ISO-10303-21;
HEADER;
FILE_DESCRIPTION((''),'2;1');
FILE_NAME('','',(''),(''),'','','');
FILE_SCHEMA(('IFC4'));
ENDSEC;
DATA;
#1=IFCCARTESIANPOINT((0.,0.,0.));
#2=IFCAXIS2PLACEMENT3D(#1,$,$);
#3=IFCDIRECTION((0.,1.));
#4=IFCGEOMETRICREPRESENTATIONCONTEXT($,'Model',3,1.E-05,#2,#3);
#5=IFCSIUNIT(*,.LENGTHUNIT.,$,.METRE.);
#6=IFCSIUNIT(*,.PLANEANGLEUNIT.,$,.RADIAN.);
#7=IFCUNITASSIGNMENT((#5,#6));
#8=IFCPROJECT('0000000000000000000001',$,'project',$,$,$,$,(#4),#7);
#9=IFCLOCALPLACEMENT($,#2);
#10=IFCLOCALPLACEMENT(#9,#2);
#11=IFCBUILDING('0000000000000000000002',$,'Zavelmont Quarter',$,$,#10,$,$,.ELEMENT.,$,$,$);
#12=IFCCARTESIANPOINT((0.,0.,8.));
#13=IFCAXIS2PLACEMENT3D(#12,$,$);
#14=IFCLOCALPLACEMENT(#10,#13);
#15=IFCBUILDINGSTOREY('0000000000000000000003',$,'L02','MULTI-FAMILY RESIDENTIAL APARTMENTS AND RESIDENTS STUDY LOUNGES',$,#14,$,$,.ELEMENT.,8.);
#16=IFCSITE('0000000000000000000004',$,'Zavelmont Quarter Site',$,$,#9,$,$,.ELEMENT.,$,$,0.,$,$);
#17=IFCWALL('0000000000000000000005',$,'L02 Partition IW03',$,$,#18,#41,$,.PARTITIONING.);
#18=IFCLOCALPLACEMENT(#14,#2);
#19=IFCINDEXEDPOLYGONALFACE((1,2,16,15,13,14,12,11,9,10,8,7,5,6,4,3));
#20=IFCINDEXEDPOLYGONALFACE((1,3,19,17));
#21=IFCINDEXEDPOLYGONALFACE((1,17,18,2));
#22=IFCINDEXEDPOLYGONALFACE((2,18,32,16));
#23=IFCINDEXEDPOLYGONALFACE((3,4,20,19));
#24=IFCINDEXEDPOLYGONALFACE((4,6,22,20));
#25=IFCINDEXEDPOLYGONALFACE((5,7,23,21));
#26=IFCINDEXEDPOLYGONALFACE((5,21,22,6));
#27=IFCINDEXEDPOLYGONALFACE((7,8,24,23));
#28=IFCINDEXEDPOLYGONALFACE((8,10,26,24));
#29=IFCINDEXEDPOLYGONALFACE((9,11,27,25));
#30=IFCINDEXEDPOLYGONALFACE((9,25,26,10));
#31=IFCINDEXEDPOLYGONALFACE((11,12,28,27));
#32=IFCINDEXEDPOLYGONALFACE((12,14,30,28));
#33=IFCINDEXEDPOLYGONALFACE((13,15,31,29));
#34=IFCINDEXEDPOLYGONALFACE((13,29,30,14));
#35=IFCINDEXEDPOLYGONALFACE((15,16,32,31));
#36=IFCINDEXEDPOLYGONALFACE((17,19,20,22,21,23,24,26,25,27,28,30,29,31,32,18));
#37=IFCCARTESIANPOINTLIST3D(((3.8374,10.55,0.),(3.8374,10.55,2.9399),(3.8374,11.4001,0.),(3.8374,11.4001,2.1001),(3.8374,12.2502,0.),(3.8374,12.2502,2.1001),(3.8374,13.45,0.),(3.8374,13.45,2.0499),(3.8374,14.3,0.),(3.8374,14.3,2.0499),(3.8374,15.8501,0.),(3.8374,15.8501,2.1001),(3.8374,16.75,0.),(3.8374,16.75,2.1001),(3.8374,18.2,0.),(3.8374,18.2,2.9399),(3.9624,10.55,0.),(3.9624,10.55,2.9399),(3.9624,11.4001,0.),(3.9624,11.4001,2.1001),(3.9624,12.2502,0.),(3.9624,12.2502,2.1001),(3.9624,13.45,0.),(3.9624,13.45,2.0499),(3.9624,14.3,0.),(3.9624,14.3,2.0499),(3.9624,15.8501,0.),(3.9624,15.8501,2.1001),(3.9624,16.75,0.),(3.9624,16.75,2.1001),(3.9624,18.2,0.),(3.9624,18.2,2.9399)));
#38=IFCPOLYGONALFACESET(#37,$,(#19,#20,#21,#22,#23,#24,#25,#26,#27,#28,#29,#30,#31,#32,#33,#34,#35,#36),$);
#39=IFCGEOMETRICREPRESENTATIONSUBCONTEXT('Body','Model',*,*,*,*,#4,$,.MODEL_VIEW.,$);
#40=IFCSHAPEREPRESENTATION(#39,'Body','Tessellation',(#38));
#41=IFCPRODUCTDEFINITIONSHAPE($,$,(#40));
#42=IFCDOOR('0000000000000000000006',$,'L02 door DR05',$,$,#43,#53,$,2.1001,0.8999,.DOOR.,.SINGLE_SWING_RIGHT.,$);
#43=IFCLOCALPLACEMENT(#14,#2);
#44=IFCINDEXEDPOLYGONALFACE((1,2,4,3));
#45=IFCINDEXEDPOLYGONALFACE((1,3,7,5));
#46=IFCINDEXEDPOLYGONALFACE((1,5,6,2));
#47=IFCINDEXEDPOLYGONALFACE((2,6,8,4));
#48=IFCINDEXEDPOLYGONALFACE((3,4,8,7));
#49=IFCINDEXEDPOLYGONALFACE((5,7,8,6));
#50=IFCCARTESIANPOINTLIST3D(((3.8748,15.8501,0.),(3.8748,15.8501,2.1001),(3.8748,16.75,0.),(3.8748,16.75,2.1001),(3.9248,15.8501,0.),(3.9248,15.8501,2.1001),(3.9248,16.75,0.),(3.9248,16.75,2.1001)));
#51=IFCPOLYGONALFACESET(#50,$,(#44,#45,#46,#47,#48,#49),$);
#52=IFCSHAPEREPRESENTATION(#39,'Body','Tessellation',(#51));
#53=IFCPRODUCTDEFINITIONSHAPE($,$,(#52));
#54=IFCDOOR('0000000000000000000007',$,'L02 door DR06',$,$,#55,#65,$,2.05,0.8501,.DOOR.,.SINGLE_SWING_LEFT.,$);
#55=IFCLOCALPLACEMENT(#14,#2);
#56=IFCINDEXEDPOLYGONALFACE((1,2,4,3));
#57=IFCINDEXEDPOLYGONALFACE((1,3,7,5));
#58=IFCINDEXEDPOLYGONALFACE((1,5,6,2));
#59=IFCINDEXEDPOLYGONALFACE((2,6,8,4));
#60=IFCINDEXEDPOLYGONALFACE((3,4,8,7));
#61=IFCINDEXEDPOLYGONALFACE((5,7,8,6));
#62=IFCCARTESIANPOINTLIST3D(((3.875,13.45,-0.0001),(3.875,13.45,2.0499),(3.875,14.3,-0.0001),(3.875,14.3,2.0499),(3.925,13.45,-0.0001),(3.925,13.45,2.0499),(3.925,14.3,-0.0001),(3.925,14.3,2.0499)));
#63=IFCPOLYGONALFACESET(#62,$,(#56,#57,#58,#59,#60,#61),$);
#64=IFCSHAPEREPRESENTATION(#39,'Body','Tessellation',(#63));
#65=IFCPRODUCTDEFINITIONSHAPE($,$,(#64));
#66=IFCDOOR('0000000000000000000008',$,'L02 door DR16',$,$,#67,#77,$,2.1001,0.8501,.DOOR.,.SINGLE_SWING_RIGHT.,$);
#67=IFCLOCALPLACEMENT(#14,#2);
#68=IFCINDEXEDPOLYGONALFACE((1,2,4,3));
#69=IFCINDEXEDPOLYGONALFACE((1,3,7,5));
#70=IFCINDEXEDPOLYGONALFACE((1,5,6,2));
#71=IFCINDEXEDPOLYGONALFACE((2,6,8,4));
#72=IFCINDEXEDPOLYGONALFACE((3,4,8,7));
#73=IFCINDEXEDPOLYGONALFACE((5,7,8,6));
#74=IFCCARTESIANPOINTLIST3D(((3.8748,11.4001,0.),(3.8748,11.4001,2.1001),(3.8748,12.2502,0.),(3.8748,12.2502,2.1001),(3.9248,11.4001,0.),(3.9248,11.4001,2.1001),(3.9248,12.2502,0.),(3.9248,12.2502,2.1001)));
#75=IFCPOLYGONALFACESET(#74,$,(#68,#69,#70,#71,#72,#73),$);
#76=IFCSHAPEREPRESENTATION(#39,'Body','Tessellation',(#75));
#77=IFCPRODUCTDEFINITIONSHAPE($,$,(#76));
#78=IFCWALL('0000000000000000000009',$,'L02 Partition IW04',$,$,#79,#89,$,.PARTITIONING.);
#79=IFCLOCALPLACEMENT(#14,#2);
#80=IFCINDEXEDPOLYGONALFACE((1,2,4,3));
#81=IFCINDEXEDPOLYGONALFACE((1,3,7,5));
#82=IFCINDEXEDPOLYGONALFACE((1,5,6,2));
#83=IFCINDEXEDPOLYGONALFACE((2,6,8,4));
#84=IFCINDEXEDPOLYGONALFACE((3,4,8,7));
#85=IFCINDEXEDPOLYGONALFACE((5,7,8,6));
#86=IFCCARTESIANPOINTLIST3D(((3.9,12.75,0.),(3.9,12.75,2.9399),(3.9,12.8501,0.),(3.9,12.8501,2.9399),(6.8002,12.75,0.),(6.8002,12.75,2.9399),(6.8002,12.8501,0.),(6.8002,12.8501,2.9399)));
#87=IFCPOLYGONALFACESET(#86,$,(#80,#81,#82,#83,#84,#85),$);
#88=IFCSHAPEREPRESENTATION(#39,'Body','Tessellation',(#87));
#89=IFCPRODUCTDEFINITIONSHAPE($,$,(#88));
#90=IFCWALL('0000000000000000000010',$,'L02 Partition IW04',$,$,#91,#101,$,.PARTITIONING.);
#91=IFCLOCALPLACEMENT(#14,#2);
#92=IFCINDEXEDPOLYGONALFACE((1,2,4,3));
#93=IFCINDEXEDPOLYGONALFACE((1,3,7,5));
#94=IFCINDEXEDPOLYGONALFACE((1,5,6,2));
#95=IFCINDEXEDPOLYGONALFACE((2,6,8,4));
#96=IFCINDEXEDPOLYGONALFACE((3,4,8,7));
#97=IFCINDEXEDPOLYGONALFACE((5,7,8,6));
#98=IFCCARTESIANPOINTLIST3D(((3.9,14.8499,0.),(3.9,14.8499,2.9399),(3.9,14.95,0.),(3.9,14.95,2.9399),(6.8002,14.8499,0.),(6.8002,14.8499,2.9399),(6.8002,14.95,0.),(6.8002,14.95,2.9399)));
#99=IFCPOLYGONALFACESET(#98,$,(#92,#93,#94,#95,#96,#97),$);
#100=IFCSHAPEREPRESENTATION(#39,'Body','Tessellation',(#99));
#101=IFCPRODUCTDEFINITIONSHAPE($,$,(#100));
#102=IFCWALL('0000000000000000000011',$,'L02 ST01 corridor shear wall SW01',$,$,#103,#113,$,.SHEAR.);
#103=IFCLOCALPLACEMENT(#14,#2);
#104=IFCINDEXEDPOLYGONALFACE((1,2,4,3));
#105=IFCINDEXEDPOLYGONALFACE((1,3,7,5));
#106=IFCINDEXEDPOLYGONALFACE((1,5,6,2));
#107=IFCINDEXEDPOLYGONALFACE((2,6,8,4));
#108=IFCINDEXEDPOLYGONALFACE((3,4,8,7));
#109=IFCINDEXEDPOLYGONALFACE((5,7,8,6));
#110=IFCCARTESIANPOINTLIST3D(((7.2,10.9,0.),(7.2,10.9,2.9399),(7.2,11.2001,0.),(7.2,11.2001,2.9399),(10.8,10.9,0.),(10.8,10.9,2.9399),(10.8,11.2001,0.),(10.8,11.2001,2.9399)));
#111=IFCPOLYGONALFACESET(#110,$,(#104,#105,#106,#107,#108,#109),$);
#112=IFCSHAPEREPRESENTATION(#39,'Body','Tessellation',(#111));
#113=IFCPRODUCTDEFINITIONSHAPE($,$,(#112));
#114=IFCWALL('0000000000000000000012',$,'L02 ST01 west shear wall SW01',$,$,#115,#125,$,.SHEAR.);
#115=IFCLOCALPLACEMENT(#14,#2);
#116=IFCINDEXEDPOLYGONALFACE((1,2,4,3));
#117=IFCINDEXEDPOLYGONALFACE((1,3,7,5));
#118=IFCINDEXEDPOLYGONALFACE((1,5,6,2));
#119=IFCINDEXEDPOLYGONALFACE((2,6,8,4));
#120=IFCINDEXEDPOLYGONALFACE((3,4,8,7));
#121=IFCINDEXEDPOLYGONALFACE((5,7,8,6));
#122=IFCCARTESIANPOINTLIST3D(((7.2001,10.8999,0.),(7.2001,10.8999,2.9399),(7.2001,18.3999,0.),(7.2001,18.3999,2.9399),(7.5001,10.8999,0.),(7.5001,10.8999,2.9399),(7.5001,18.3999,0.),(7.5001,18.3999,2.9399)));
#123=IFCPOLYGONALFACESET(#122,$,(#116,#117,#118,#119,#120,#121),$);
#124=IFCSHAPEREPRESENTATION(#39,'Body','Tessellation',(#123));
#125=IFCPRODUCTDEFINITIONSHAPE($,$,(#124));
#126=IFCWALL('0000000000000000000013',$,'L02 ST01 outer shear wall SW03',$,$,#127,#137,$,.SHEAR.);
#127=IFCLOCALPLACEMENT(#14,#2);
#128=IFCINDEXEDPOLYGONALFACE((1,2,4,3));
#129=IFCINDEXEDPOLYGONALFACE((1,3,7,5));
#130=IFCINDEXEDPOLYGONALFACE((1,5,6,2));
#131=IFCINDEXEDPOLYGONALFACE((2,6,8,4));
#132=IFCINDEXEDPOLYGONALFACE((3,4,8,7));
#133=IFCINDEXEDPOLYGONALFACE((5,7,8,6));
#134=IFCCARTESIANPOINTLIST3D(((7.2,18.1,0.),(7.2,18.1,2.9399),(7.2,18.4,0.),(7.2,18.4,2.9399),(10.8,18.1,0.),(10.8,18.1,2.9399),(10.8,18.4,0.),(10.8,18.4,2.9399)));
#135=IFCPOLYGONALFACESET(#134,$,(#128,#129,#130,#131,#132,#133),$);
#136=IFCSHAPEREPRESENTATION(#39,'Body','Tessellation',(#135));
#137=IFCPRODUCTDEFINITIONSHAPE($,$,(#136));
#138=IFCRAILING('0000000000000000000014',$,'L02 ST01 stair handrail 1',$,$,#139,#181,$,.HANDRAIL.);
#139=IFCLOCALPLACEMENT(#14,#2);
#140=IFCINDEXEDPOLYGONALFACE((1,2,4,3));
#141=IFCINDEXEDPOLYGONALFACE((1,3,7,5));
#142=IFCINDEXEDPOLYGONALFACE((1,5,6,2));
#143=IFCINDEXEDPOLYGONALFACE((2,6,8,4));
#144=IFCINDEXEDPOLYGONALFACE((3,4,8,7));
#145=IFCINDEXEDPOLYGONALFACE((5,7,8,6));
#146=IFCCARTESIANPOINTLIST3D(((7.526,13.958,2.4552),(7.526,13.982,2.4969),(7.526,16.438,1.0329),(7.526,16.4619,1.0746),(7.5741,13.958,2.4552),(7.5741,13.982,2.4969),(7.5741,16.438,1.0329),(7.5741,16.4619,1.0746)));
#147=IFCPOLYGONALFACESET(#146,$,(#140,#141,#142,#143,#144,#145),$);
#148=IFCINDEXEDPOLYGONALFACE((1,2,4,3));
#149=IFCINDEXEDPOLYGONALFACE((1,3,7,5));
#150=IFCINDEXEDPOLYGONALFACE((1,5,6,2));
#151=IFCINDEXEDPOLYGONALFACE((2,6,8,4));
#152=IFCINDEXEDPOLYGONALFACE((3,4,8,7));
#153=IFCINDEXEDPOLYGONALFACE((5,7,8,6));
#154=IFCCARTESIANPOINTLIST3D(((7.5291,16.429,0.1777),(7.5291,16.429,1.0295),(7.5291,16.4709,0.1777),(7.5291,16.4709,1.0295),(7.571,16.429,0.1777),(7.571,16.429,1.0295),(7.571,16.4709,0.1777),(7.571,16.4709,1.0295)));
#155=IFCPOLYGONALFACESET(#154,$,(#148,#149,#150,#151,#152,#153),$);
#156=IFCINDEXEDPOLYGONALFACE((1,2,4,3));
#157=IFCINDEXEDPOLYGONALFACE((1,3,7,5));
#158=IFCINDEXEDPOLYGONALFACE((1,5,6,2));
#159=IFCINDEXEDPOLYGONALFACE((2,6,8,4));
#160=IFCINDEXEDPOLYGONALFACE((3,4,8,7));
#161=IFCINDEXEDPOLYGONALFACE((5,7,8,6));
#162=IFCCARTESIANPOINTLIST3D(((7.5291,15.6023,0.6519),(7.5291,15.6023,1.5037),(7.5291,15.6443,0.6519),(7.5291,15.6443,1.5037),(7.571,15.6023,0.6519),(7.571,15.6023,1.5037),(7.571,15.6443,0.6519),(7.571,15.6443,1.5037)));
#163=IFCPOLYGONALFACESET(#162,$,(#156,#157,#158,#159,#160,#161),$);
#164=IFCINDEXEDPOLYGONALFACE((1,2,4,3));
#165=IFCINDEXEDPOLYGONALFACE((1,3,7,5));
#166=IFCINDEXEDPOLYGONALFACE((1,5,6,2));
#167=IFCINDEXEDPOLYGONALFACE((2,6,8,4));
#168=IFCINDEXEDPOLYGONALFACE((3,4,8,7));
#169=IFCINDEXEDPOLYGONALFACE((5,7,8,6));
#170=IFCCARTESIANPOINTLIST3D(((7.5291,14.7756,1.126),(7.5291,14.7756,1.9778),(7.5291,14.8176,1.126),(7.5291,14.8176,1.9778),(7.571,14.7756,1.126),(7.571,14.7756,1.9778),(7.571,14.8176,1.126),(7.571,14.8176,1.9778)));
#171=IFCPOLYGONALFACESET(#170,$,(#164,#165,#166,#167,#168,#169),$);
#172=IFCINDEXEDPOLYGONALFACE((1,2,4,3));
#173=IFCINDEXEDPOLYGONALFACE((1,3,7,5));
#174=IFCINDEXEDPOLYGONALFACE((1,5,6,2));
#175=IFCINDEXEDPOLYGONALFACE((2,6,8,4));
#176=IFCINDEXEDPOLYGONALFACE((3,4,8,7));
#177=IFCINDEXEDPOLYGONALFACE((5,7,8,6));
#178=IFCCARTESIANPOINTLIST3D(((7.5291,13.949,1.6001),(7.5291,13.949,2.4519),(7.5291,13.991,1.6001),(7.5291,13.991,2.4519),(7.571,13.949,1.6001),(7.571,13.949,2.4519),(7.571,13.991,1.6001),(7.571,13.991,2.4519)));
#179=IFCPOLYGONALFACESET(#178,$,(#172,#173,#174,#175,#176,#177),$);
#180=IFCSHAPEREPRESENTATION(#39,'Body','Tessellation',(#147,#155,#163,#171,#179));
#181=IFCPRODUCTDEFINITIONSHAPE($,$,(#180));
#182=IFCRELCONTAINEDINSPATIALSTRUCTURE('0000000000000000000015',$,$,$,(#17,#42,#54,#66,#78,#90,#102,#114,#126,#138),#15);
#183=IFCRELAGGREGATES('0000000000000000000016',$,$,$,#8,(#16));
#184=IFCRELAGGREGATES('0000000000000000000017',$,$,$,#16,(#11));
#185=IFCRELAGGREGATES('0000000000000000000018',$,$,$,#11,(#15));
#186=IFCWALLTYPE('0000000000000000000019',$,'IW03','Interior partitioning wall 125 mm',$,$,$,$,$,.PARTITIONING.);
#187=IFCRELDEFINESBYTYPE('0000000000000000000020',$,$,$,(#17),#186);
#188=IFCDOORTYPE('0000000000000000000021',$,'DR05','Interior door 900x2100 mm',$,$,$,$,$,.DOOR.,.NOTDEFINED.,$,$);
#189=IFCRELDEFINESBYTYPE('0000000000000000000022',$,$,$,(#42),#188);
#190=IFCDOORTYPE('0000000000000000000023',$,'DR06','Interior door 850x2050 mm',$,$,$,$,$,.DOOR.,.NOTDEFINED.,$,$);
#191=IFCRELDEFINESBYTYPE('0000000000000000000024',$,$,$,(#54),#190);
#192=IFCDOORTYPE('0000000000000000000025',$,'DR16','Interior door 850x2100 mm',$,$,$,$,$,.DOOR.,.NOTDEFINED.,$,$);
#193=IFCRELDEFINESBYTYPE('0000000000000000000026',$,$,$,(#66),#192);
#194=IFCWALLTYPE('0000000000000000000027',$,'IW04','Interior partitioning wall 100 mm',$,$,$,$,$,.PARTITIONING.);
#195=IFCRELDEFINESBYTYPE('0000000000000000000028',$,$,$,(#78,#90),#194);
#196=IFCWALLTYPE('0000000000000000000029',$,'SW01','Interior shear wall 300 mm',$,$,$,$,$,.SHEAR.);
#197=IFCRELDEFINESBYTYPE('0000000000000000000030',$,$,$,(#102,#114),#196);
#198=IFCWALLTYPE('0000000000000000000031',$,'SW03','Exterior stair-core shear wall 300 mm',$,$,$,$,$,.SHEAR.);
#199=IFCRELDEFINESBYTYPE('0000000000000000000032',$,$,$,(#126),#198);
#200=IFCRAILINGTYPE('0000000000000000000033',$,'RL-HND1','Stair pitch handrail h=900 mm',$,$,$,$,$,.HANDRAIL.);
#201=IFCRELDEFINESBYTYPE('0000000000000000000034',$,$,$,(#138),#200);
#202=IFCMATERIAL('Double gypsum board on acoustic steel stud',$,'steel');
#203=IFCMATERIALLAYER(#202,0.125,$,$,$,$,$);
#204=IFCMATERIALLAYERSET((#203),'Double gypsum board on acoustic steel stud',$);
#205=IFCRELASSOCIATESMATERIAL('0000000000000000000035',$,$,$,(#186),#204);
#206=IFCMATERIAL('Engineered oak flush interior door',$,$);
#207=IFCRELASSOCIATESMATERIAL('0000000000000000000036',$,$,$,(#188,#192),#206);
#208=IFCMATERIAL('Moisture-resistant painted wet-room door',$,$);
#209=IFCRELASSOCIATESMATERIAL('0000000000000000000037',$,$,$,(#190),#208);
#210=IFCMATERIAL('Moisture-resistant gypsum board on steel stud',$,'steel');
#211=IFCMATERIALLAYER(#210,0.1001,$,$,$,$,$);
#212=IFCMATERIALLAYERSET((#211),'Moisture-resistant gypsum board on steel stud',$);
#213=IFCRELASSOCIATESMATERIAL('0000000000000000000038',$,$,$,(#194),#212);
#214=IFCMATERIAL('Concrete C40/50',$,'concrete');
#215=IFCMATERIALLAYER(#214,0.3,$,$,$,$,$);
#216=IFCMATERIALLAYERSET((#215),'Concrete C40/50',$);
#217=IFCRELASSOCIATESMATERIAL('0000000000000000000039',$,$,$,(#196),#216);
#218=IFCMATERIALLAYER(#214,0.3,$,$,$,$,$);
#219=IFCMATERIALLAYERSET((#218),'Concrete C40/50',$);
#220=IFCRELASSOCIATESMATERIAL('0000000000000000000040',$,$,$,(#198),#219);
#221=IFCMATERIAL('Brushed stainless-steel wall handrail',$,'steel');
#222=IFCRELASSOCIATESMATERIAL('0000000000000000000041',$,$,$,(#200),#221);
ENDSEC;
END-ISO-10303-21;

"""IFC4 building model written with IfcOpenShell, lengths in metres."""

from ifc_helpers import new_model, si_unit, direction, frame, frame_2d, origin, origin_with_axes, origin_2d, place, context, subcontext, project, spatial, rectangle, extrude, material, layer, layer_set, type_object, element, fill, save


model = new_model("IFC4")

# Units and contexts
model_context = context("Model", 3, precision=1e-05, world=origin(), true_north=direction((0.0, 1.0)))
body_context = subcontext(model_context, "Body", "Model", "MODEL_VIEW")
ifc_project = project(units=[si_unit("LENGTHUNIT", "METRE"), si_unit("PLANEANGLEUNIT", "RADIAN")], contexts=[model_context])

# Site, building, storey
site_placement = place(None, origin())
site = spatial("IfcSite", under=ifc_project, at=site_placement, Name="Zavelmont Quarter Site", CompositionType="ELEMENT", RefElevation=0.0)
building_placement = place(site_placement, origin())
building = spatial("IfcBuilding", under=site, at=building_placement, Name="Zavelmont Quarter", CompositionType="ELEMENT")
storey_placement = place(building_placement, frame((0.0, 0.0, 8.0)))
storey = spatial("IfcBuildingStorey", under=building, at=storey_placement, Name="L02", Description="MULTI-FAMILY RESIDENTIAL APARTMENTS AND RESIDENTS STUDY LOUNGES", CompositionType="ELEMENT", Elevation=8.0)

# Shared definitions
ifc_material_1 = material(Name="Concrete C40/50", Category="concrete")

# Wall, openings, doors
ifc_material_2 = material(Name="Double gypsum board on acoustic steel stud", Category="steel")
ifc_layer_1 = layer(ifc_material_2, 0.125)
ifc_layer_set_1 = layer_set([ifc_layer_1], Name="Double gypsum board on acoustic steel stud")
wall_type_1 = type_object("IfcWallType", Name="IW03", Description="Interior partitioning wall 125 mm", PredefinedType="PARTITIONING", material=ifc_layer_set_1)
wall_1_placement = place(storey_placement, frame((3.8999, 10.55, 0.0), z_axis=(0.0, 0.0, 1.0), x_axis=(0.0, 1.0, 0.0)))
wall_1 = element("IfcWall", 1, at=wall_1_placement, inside=storey, type_object=wall_type_1, Name="L02 Partition IW03", PredefinedType="PARTITIONING", context=body_context, shape_type="SweptSolid", body=[
    extrude(rectangle(XDim=7.6499, YDim=0.125, at=frame_2d((3.825, 0.0))), origin(), (0.0, 0.0, 1.0), 2.9399),
])
opening_1_placement = place(wall_1_placement, frame((0.8501, 0.0, 0.0)))
opening_1 = element("IfcOpeningElement", 2, at=opening_1_placement, cuts=wall_1, PredefinedType="OPENING", context=body_context, shape_type="SweptSolid", body=[
    extrude(rectangle(XDim=0.8501, YDim=2.1001, at=frame_2d((0.425, 1.05))), frame((0.0, 0.0745, 0.0), z_axis=(0.0, -1.0, 0.0), x_axis=(1.0, 0.0, 0.0)), (0.0, 0.0, 1.0), 0.1489),
])
opening_2_placement = place(wall_1_placement, frame((2.8999, 0.0, 0.0)))
opening_2 = element("IfcOpeningElement", 3, at=opening_2_placement, cuts=wall_1, PredefinedType="OPENING", context=body_context, shape_type="SweptSolid", body=[
    extrude(rectangle(XDim=0.8501, YDim=2.05, at=frame_2d((0.425, 1.0249))), frame((0.0, 0.0745, 0.0), z_axis=(0.0, -1.0, 0.0), x_axis=(1.0, 0.0, 0.0)), (0.0, 0.0, 1.0), 0.1489),
])
opening_3_placement = place(wall_1_placement, frame((5.3, 0.0, 0.0)))
opening_3 = element("IfcOpeningElement", 4, at=opening_3_placement, cuts=wall_1, PredefinedType="OPENING", context=body_context, shape_type="SweptSolid", body=[
    extrude(rectangle(XDim=0.8999, YDim=2.1001, at=frame_2d((0.45, 1.05))), frame((0.0, 0.0745, 0.0), z_axis=(0.0, -1.0, 0.0), x_axis=(1.0, 0.0, 0.0)), (0.0, 0.0, 1.0), 0.1489),
])
ifc_material_3 = material(Name="Engineered oak flush interior door")
door_type_1 = type_object("IfcDoorType", Name="DR05", Description="Interior door 900x2100 mm", OperationType="NOTDEFINED", PredefinedType="DOOR", material=ifc_material_3)
door_1_placement = place(opening_3_placement, frame((0.8999, 0.0, 0.0), z_axis=(0.0, 0.0, 1.0), x_axis=(-1.0, 0.0, 0.0)))
door_1 = element("IfcDoor", 5, at=door_1_placement, inside=storey, type_object=door_type_1, Name="L02 door DR05", OperationType="SINGLE_SWING_RIGHT", OverallHeight=2.1001, OverallWidth=0.8999, PredefinedType="DOOR", context=body_context, shape_type="SweptSolid", body=[
    extrude(rectangle(XDim=0.8999, YDim=2.1001, at=frame_2d((0.45, 1.05))), frame((0.0, 0.0249, 0.0), z_axis=(0.0, -1.0, 0.0), x_axis=(1.0, 0.0, 0.0)), (0.0, 0.0, 1.0), 0.05),
])
fill(opening_3, door_1)
ifc_material_4 = material(Name="Moisture-resistant painted wet-room door")
door_type_2 = type_object("IfcDoorType", Name="DR06", Description="Interior door 850x2050 mm", OperationType="NOTDEFINED", PredefinedType="DOOR", material=ifc_material_4)
door_2_placement = place(opening_2_placement, origin_with_axes())
door_2 = element("IfcDoor", 6, at=door_2_placement, inside=storey, type_object=door_type_2, Name="L02 door DR06", OperationType="SINGLE_SWING_LEFT", OverallHeight=2.05, OverallWidth=0.8501, PredefinedType="DOOR", context=body_context, shape_type="SweptSolid", body=[
    extrude(rectangle(XDim=0.8501, YDim=2.05, at=frame_2d((0.425, 1.0249))), frame((0.0, 0.0249, 0.0), z_axis=(0.0, -1.0, 0.0), x_axis=(1.0, 0.0, 0.0)), (0.0, 0.0, 1.0), 0.05),
])
fill(opening_2, door_2)
door_type_3 = type_object("IfcDoorType", Name="DR16", Description="Interior door 850x2100 mm", OperationType="NOTDEFINED", PredefinedType="DOOR", material=ifc_material_3)
door_3_placement = place(opening_1_placement, frame((0.8501, 0.0, 0.0), z_axis=(0.0, 0.0, 1.0), x_axis=(-1.0, 0.0, 0.0)))
door_3 = element("IfcDoor", 7, at=door_3_placement, inside=storey, type_object=door_type_3, Name="L02 door DR16", OperationType="SINGLE_SWING_RIGHT", OverallHeight=2.1001, OverallWidth=0.8501, PredefinedType="DOOR", context=body_context, shape_type="SweptSolid", body=[
    extrude(rectangle(XDim=0.8501, YDim=2.1001, at=frame_2d((0.425, 1.05))), frame((0.0, 0.0249, 0.0), z_axis=(0.0, -1.0, 0.0), x_axis=(1.0, 0.0, 0.0)), (0.0, 0.0, 1.0), 0.05),
])
fill(opening_1, door_3)

# Walls
ifc_material_5 = material(Name="Moisture-resistant gypsum board on steel stud", Category="steel")
ifc_layer_2 = layer(ifc_material_5, 0.1001)
ifc_layer_set_2 = layer_set([ifc_layer_2], Name="Moisture-resistant gypsum board on steel stud")
wall_type_2 = type_object("IfcWallType", Name="IW04", Description="Interior partitioning wall 100 mm", PredefinedType="PARTITIONING", material=ifc_layer_set_2)
for number, where, z_axis, x_axis, name in (
    (8, (3.8999, 12.8, 0.0), (0.0, 0.0, 1.0), (1.0, 0.0, 0.0), "L02 Partition IW04"),
    (9, (3.8999, 14.8999, 0.0), (0.0, 0.0, 1.0), (1.0, 0.0, 0.0), "L02 Partition IW04"),
):
    element("IfcWall", number, at=place(storey_placement, frame(where, z_axis=z_axis, x_axis=x_axis)), inside=storey, type_object=wall_type_2, Name=name, PredefinedType="PARTITIONING", context=body_context, shape_type="SweptSolid", body=[
        extrude(rectangle(XDim=2.9001, YDim=0.1001, at=frame_2d((1.4502, 0.0))), origin(), (0.0, 0.0, 1.0), 2.9399),
    ])
ifc_layer_3 = layer(ifc_material_1, 0.3)
ifc_layer_set_3 = layer_set([ifc_layer_3], Name="Concrete C40/50")
wall_type_3 = type_object("IfcWallType", Name="SW01", Description="Interior shear wall 300 mm", PredefinedType="SHEAR", material=ifc_layer_set_3)
wall_2_placement = place(storey_placement, frame((7.2, 11.05, 0.0), z_axis=(0.0, 0.0, 1.0), x_axis=(1.0, 0.0, 0.0)))
element("IfcWall", 10, at=wall_2_placement, inside=storey, type_object=wall_type_3, Name="L02 ST01 corridor shear wall SW01", PredefinedType="SHEAR", context=body_context, shape_type="SweptSolid", body=[
    extrude(rectangle(XDim=3.6001, YDim=0.3, at=frame_2d((1.8, 0.0))), origin(), (0.0, 0.0, 1.0), 2.9399),
])
wall_3_placement = place(storey_placement, frame((7.3501, 10.8999, 0.0), z_axis=(0.0, 0.0, 1.0), x_axis=(0.0, 1.0, 0.0)))
element("IfcWall", 11, at=wall_3_placement, inside=storey, type_object=wall_type_3, Name="L02 ST01 west shear wall SW01", PredefinedType="SHEAR", context=body_context, shape_type="SweptSolid", body=[
    extrude(rectangle(XDim=7.5, YDim=0.3, at=frame_2d((3.75, 0.0))), origin(), (0.0, 0.0, 1.0), 2.9399),
])
ifc_layer_4 = layer(ifc_material_1, 0.3)
ifc_layer_set_4 = layer_set([ifc_layer_4], Name="Concrete C40/50")
wall_type_4 = type_object("IfcWallType", Name="SW03", Description="Exterior stair-core shear wall 300 mm", PredefinedType="SHEAR", material=ifc_layer_set_4)
wall_4_placement = place(storey_placement, frame((7.2, 18.25, 0.0), z_axis=(0.0, 0.0, 1.0), x_axis=(1.0, 0.0, 0.0)))
element("IfcWall", 12, at=wall_4_placement, inside=storey, type_object=wall_type_4, Name="L02 ST01 outer shear wall SW03", PredefinedType="SHEAR", context=body_context, shape_type="SweptSolid", body=[
    extrude(rectangle(XDim=3.6001, YDim=0.3, at=frame_2d((1.8, 0.0))), origin(), (0.0, 0.0, 1.0), 2.9399),
])

# Railing
ifc_material_6 = material(Name="Brushed stainless-steel wall handrail", Category="steel")
railing_type_1 = type_object("IfcRailingType", Name="RL-HND1", Description="Stair pitch handrail h=900 mm", PredefinedType="HANDRAIL", material=ifc_material_6)
railing_1_placement = place(storey_placement, frame((7.55, 16.45, 0.1777)))
element("IfcRailing", 13, at=railing_1_placement, inside=storey, type_object=railing_type_1, Name="L02 ST01 stair handrail 1", PredefinedType="HANDRAIL", context=body_context, shape_type="SweptSolid", body=[
    extrude(rectangle(XDim=0.0481, YDim=0.0481, at=origin_2d()), frame((0.0, 0.0, 0.876), z_axis=(0.0, -0.867454, 0.497518), x_axis=(1.0, 0.0, 0.0)), (0.0, 0.0, 1.0), 2.8589),
    extrude(rectangle(XDim=0.042, YDim=0.042, at=origin_2d()), origin(), (0.0, 0.0, 1.0), 0.8518),
    extrude(rectangle(XDim=0.042, YDim=0.042, at=origin_2d()), frame((0.0, -0.8267, 0.4741)), (0.0, 0.0, 1.0), 0.8518),
    extrude(rectangle(XDim=0.042, YDim=0.042, at=origin_2d()), frame((0.0, -1.6533, 0.9482)), (0.0, 0.0, 1.0), 0.8518),
    extrude(rectangle(XDim=0.042, YDim=0.042, at=origin_2d()), frame((0.0, -2.48, 1.4224)), (0.0, 0.0, 1.0), 0.8518),
])

save(model, "model.ifc")
